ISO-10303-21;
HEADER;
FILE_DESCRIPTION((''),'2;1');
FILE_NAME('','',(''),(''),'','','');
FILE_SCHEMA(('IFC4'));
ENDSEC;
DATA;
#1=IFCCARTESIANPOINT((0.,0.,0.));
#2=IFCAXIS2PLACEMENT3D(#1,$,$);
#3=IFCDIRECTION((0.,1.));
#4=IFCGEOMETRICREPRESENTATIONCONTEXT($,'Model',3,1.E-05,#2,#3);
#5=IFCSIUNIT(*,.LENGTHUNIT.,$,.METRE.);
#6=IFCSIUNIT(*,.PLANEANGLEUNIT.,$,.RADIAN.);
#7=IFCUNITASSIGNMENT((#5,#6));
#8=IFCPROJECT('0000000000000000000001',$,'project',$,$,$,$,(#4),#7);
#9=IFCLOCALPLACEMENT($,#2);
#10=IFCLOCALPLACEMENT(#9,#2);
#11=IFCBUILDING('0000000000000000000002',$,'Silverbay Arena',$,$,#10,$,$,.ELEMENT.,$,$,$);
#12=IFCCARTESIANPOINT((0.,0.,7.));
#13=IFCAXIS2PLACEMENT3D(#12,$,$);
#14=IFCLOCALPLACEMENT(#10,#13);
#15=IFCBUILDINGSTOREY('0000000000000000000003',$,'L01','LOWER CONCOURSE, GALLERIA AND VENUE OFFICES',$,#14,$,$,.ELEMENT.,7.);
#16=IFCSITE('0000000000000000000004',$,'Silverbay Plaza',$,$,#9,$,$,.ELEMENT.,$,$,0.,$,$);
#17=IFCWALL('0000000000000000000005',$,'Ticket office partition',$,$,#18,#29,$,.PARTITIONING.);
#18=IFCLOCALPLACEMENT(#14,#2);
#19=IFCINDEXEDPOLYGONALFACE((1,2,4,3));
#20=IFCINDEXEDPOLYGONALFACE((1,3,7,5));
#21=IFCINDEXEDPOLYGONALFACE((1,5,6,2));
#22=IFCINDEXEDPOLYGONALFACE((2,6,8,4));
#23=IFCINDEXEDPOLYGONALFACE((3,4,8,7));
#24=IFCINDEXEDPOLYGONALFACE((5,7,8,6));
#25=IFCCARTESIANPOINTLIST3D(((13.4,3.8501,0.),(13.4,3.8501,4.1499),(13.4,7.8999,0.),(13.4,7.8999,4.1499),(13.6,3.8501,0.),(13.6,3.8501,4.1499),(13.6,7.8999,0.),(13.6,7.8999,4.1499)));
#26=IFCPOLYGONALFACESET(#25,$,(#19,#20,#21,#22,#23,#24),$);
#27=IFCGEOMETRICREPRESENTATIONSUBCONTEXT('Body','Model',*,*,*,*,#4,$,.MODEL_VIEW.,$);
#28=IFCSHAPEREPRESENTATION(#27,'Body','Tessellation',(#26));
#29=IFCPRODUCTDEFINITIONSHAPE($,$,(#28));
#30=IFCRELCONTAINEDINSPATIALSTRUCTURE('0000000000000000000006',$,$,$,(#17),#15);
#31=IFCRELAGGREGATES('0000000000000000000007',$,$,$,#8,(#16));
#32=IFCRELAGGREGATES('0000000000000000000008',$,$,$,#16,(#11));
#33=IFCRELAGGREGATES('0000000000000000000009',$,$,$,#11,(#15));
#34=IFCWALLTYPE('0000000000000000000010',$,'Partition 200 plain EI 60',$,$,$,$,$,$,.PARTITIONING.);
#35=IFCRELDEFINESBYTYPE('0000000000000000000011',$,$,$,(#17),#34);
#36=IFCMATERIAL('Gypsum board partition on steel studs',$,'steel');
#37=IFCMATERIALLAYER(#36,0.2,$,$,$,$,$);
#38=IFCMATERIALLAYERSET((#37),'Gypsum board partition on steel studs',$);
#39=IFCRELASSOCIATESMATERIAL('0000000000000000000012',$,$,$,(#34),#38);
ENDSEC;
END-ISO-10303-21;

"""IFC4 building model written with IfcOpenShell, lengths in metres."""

from ifc_helpers import new_model, si_unit, direction, frame, frame_2d, origin, place, context, subcontext, project, spatial, rectangle, extrude, material, layer, layer_set, type_object, element, save


model = new_model("IFC4")

# Units and contexts
model_context = context("Model", 3, precision=1e-05, world=origin(), true_north=direction((0.0, 1.0)))
body_context = subcontext(model_context, "Body", "Model", "MODEL_VIEW")
ifc_project = project(units=[si_unit("LENGTHUNIT", "METRE"), si_unit("PLANEANGLEUNIT", "RADIAN")], contexts=[model_context])

# Site, building, storey
site_placement = place(None, origin())
site = spatial("IfcSite", under=ifc_project, at=site_placement, Name="Silverbay Plaza", CompositionType="ELEMENT", RefElevation=0.0)
building_placement = place(site_placement, origin())
building = spatial("IfcBuilding", under=site, at=building_placement, Name="Silverbay Arena", CompositionType="ELEMENT")
storey_placement = place(building_placement, frame((0.0, 0.0, 7.0)))
storey = spatial("IfcBuildingStorey", under=building, at=storey_placement, Name="L01", Description="LOWER CONCOURSE, GALLERIA AND VENUE OFFICES", CompositionType="ELEMENT", Elevation=7.0)

# Wall
ifc_material_1 = material(Name="Gypsum board partition on steel studs", Category="steel")
ifc_layer_1 = layer(ifc_material_1, 0.2)
ifc_layer_set_1 = layer_set([ifc_layer_1], Name="Gypsum board partition on steel studs")
wall_type = type_object("IfcWallType", Name="Partition 200 plain EI 60", PredefinedType="PARTITIONING", material=ifc_layer_set_1)
wall_placement = place(storey_placement, frame((13.5, 3.8501, 0.0), z_axis=(0.0, 0.0, 1.0), x_axis=(0.0, 1.0, 0.0)))
element("IfcWall", 1, at=wall_placement, inside=storey, type_object=wall_type, Name="Ticket office partition", PredefinedType="PARTITIONING", context=body_context, shape_type="SweptSolid", body=[
    extrude(rectangle(XDim=4.0498, YDim=0.2, at=frame_2d((2.0249, 0.0))), origin(), (0.0, 0.0, 1.0), 4.1499),
])

save(model, "model.ifc")
